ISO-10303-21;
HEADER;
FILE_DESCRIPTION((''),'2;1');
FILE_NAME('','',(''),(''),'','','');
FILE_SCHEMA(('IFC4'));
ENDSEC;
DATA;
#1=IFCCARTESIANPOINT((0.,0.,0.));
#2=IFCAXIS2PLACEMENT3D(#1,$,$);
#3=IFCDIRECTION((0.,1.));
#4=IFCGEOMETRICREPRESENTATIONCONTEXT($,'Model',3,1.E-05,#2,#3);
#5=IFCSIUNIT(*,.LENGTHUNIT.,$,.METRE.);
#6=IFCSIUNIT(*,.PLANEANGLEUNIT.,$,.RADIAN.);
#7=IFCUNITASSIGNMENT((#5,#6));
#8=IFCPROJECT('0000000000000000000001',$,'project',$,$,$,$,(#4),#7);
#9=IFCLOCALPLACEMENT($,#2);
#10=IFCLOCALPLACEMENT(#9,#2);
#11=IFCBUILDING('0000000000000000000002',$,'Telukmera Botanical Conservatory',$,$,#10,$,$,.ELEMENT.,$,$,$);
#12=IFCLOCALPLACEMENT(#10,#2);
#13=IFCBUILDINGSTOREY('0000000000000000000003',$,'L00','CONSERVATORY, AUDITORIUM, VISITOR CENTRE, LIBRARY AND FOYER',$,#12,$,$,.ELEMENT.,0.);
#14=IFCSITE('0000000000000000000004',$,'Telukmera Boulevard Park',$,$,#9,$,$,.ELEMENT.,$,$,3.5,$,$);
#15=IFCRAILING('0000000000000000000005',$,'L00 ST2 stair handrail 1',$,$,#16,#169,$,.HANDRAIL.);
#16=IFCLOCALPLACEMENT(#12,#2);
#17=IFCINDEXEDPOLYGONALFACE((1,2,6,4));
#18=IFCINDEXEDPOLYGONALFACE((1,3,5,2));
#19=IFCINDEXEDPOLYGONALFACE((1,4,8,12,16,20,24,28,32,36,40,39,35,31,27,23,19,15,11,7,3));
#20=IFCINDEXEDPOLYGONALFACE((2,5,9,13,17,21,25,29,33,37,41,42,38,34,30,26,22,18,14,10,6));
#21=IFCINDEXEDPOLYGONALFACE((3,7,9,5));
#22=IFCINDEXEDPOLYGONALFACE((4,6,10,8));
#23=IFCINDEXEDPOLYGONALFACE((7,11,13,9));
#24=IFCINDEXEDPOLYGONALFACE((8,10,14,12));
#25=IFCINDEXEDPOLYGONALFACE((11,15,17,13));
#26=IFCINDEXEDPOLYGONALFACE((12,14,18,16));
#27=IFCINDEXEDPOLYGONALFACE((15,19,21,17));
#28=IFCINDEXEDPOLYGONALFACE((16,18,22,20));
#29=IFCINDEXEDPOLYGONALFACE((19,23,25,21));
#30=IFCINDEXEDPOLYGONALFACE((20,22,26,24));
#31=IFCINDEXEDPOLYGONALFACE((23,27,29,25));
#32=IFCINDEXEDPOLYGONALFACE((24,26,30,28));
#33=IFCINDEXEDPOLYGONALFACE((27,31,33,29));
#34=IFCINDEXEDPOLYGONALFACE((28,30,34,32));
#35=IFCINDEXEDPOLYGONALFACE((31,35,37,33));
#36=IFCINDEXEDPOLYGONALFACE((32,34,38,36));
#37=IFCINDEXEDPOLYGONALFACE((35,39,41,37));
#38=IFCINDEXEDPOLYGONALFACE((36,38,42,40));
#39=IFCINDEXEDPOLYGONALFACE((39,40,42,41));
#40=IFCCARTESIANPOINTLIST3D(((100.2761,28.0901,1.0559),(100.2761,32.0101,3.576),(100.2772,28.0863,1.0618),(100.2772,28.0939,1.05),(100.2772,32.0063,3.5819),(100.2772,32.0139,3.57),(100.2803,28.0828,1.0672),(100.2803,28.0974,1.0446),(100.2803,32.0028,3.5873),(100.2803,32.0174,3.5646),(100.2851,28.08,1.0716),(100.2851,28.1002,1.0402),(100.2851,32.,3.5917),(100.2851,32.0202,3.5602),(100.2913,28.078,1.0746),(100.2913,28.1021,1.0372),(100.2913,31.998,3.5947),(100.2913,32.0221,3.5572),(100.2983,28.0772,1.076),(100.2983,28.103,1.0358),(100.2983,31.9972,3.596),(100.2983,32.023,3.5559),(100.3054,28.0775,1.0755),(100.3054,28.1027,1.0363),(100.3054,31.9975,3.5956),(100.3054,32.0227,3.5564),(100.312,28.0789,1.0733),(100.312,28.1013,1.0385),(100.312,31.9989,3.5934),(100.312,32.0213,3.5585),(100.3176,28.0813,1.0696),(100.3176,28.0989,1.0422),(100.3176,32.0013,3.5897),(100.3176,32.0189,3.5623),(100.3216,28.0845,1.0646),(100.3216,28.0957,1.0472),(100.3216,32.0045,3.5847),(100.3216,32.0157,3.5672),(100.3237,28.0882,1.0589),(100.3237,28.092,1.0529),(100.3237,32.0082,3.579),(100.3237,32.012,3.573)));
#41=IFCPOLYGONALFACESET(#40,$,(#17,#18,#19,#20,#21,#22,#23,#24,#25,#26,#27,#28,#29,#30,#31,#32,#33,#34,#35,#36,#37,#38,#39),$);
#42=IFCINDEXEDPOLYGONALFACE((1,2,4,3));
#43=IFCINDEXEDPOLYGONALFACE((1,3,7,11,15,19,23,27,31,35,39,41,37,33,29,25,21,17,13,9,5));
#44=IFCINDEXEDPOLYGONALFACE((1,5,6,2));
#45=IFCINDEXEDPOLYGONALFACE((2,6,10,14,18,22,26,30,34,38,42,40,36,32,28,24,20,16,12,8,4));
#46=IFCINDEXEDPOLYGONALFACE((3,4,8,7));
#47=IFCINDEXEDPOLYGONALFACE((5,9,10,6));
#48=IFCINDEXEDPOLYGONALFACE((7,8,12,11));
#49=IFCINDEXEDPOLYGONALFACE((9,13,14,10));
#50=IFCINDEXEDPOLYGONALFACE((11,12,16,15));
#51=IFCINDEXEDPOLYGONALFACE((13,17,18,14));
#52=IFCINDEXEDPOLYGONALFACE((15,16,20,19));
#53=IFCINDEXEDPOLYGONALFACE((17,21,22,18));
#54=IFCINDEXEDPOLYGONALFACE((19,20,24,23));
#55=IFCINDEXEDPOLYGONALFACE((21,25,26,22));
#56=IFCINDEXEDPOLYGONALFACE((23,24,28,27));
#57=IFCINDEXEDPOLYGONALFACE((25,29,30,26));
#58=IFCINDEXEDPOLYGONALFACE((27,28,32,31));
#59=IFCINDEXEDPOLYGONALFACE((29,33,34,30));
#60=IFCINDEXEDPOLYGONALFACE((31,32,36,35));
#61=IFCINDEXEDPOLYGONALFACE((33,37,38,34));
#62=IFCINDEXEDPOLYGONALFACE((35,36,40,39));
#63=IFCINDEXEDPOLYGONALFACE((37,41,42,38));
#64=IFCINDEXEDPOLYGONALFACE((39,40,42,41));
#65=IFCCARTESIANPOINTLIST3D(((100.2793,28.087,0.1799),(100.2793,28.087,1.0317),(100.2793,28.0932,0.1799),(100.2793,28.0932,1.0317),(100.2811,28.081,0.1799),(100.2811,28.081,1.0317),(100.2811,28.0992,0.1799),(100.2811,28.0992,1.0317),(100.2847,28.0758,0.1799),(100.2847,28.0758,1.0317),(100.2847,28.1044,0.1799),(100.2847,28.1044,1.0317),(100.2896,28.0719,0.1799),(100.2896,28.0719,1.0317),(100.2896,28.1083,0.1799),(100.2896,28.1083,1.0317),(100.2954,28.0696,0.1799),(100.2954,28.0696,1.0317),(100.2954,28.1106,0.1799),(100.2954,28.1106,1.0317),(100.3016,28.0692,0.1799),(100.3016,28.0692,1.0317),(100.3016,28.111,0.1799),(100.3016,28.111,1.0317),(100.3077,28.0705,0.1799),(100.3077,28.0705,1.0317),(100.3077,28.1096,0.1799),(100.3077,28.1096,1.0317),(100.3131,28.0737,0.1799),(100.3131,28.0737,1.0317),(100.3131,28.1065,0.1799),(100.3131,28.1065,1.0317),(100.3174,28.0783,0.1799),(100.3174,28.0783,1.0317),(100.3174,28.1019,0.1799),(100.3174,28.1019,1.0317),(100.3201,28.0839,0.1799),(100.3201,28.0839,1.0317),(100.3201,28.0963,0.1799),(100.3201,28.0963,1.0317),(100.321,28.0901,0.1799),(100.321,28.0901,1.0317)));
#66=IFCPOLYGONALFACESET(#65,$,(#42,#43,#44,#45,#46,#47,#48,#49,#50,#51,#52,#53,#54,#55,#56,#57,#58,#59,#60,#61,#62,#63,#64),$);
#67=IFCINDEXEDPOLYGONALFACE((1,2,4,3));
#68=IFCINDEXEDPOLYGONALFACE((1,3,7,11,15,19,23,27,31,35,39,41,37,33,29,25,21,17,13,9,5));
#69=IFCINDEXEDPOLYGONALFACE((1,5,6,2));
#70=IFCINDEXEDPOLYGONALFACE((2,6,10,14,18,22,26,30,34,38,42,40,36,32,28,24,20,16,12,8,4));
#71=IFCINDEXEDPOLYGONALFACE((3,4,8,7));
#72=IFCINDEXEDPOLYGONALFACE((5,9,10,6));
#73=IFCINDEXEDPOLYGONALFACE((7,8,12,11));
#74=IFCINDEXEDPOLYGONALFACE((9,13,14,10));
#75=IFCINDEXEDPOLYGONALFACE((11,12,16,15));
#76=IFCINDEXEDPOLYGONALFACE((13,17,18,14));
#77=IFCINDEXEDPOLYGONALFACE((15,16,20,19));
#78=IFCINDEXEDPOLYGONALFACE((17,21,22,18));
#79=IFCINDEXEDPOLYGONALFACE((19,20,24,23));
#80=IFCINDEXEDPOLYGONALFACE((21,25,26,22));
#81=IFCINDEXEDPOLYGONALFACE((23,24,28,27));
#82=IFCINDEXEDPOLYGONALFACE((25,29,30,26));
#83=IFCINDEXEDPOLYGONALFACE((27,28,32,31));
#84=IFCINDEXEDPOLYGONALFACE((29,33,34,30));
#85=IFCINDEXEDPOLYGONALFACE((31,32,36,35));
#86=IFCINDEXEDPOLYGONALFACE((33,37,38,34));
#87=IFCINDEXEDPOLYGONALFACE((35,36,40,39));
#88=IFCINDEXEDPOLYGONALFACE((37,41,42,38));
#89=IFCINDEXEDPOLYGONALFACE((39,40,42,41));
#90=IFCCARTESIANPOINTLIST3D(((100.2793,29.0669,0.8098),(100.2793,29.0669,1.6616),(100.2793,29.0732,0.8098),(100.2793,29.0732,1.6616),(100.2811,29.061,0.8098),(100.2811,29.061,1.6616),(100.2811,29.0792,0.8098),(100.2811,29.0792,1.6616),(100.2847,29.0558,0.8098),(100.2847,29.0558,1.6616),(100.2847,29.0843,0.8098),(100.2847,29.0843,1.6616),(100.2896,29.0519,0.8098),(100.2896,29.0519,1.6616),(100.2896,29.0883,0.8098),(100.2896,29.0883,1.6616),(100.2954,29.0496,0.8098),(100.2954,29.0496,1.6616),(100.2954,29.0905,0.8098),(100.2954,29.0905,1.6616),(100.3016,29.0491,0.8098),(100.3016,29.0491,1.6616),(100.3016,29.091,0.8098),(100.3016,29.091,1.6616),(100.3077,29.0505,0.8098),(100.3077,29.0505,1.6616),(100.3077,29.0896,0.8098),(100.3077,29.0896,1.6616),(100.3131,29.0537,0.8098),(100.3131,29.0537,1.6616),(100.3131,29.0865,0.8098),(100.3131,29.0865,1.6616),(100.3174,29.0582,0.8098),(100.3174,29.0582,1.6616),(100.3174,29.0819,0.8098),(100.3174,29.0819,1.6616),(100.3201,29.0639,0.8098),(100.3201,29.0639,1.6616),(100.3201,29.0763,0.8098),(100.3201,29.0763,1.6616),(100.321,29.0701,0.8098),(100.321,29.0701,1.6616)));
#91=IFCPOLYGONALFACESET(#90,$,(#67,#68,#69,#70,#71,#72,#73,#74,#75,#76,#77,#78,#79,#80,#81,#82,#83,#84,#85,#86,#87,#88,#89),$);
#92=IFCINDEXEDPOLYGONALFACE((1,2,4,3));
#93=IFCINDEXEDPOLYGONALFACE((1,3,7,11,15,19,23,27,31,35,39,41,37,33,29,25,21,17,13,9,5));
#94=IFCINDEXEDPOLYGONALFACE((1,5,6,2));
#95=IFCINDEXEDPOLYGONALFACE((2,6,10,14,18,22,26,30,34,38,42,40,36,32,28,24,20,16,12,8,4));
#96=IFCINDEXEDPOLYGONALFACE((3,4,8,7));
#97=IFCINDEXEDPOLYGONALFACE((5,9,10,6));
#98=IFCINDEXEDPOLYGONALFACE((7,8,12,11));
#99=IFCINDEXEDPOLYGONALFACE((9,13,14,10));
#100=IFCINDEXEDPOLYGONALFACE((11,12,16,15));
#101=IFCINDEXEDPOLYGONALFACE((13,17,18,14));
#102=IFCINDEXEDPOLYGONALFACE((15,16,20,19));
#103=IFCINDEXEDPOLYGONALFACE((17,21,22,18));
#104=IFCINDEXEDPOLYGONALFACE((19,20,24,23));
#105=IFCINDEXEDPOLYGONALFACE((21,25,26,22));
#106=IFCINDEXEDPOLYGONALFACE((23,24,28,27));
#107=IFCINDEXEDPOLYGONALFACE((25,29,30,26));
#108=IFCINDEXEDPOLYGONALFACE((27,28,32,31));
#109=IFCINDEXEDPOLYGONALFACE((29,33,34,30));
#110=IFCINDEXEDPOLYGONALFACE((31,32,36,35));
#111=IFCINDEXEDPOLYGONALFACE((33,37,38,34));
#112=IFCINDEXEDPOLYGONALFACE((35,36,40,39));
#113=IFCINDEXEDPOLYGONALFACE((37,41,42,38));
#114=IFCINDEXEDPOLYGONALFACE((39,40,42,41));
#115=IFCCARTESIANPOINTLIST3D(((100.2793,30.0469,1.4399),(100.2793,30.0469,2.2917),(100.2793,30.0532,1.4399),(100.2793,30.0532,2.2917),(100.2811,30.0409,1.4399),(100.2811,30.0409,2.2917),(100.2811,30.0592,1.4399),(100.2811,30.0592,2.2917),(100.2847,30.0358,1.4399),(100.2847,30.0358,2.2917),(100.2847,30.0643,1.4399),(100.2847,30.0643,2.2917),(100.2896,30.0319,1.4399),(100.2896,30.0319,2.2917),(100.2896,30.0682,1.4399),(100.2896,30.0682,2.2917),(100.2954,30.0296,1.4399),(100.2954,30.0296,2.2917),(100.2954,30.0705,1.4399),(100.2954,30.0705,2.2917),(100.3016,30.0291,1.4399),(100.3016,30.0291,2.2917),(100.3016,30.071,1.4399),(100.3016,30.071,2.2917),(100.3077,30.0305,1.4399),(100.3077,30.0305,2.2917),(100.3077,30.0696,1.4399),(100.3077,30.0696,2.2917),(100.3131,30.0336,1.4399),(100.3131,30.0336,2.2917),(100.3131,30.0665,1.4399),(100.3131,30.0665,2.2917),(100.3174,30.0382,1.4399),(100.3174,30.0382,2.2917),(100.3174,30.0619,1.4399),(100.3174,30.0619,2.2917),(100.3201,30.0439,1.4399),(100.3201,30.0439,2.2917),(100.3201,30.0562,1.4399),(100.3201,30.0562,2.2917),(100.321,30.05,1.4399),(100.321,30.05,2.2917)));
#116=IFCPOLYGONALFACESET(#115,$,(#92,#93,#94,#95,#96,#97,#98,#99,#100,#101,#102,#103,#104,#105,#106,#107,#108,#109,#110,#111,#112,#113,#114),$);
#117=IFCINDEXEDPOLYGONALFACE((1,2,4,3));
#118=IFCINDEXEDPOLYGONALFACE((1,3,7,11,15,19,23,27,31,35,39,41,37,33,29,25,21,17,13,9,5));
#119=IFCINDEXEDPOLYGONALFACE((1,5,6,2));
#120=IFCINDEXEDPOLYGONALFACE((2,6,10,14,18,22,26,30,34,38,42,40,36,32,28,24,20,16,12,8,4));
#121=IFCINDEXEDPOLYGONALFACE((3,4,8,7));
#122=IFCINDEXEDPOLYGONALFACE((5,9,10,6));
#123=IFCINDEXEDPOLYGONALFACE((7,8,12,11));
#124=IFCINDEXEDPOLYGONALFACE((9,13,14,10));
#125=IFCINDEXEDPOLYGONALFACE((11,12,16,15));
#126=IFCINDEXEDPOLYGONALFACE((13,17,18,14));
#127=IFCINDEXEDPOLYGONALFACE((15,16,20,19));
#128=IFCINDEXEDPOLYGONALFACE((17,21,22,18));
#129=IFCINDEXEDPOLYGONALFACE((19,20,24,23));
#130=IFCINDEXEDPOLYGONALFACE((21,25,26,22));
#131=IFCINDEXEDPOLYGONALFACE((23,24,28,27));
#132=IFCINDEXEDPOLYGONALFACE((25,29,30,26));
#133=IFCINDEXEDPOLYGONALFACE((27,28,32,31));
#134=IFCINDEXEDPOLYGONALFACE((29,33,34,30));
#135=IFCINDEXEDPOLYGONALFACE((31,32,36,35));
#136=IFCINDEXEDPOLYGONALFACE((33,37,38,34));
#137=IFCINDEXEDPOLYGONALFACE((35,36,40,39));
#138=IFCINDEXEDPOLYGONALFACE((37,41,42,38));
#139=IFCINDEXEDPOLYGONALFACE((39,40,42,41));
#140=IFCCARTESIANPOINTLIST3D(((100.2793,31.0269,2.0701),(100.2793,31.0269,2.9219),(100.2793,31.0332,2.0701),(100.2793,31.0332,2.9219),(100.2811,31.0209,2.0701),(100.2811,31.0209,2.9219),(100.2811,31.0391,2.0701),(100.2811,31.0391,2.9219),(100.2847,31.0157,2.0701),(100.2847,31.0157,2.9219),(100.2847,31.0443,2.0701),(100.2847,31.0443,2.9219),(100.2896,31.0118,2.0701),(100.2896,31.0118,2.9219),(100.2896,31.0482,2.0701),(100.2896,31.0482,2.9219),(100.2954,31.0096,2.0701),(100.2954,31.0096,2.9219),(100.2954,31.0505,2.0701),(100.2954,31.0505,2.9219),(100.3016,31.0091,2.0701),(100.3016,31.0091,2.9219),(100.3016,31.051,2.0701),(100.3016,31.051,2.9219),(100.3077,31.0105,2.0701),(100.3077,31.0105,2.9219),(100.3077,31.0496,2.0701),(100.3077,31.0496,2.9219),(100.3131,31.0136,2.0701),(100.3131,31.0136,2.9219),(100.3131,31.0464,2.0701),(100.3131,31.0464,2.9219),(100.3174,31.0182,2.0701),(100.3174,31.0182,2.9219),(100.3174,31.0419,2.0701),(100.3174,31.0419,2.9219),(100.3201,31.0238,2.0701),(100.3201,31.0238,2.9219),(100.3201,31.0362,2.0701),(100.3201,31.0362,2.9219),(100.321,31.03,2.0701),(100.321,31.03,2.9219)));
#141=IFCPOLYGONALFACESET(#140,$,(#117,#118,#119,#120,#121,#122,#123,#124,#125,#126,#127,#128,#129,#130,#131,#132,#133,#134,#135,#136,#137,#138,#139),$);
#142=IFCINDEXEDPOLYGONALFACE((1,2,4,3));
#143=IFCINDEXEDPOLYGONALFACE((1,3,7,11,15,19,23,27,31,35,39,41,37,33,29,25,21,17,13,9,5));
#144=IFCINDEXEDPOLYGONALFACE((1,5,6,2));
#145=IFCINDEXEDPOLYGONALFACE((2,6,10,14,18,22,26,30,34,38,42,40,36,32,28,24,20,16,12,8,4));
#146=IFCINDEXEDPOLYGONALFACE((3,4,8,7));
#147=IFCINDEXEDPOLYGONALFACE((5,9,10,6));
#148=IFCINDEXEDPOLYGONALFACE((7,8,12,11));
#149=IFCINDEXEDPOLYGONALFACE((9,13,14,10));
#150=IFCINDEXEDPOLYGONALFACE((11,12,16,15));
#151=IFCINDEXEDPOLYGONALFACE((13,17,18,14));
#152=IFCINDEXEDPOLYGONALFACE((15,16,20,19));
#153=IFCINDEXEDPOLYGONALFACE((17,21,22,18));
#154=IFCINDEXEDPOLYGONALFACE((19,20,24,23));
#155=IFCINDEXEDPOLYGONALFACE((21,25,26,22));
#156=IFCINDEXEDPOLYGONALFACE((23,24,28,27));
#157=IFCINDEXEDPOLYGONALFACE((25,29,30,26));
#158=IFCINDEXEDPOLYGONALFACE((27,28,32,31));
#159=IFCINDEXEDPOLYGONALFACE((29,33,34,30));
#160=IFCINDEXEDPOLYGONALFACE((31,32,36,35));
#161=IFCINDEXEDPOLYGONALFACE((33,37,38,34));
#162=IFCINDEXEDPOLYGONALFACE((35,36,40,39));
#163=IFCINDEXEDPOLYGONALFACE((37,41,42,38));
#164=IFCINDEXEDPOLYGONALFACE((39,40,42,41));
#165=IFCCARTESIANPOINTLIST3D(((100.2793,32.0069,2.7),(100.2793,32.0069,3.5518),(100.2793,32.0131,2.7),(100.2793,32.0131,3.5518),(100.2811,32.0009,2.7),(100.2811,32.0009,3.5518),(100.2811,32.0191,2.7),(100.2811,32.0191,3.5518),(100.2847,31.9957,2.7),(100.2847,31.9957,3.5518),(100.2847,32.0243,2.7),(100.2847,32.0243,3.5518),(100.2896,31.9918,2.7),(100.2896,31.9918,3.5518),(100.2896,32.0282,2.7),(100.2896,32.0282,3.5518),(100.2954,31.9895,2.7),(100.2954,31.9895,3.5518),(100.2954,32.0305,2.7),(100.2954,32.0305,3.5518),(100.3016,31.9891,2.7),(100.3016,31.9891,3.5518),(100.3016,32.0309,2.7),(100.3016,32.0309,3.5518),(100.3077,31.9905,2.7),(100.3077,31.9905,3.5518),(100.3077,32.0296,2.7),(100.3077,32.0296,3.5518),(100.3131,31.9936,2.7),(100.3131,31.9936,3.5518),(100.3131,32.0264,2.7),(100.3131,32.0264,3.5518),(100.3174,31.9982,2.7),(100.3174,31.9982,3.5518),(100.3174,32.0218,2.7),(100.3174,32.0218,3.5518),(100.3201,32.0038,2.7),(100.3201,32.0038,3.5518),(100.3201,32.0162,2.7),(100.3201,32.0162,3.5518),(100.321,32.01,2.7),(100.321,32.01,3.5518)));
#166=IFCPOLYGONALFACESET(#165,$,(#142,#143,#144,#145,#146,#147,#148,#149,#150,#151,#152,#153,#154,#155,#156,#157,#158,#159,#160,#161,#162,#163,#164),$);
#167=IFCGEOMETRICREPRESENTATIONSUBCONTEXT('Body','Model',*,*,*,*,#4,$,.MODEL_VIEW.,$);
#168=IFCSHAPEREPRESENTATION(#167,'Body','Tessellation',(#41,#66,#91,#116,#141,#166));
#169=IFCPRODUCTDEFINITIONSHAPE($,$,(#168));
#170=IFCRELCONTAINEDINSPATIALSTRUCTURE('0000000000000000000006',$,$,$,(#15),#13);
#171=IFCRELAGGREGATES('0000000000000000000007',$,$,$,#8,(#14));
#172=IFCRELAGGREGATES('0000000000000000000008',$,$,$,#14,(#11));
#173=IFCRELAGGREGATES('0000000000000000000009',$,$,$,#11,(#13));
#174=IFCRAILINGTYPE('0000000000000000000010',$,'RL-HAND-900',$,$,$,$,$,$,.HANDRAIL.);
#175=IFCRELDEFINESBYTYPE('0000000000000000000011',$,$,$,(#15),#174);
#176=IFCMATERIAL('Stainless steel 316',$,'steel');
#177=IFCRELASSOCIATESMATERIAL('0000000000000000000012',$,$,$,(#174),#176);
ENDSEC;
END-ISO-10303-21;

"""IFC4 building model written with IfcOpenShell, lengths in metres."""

from ifc_helpers import new_model, si_unit, direction, frame, origin, origin_2d, place, context, subcontext, project, spatial, circle, extrude, material, type_object, element, save


model = new_model("IFC4")

# Units and contexts
model_context = context("Model", 3, precision=1e-05, world=origin(), true_north=direction((0.0, 1.0)))
body_context = subcontext(model_context, "Body", "Model", "MODEL_VIEW")
ifc_project = project(units=[si_unit("LENGTHUNIT", "METRE"), si_unit("PLANEANGLEUNIT", "RADIAN")], contexts=[model_context])

# Site, building, storey
site_placement = place(None, origin())
site = spatial("IfcSite", under=ifc_project, at=site_placement, Name="Telukmera Boulevard Park", CompositionType="ELEMENT", RefElevation=3.5)
building_placement = place(site_placement, origin())
building = spatial("IfcBuilding", under=site, at=building_placement, Name="Telukmera Botanical Conservatory", CompositionType="ELEMENT")
storey_placement = place(building_placement, origin())
storey = spatial("IfcBuildingStorey", under=building, at=storey_placement, Name="L00", Description="CONSERVATORY, AUDITORIUM, VISITOR CENTRE, LIBRARY AND FOYER", CompositionType="ELEMENT", Elevation=0.0)

# Railing
ifc_material_1 = material(Name="Stainless steel 316", Category="steel")
railing_type_1 = type_object("IfcRailingType", Name="RL-HAND-900", PredefinedType="HANDRAIL", material=ifc_material_1)
railing_1_placement = place(storey_placement, frame((100.3, 28.0901, 0.1799)))
element("IfcRailing", 1, at=railing_1_placement, inside=storey, type_object=railing_type_1, Name="L00 ST2 stair handrail 1", PredefinedType="HANDRAIL", context=body_context, shape_type="SweptSolid", body=[
    extrude(circle(Radius=0.0239, at=origin_2d()), frame((0.0, 0.0, 0.876), z_axis=(0.0, 0.841172, 0.540768), x_axis=(-1.0, 0.0, 0.0)), (0.0, 0.0, 1.0), 4.6602),
    extrude(circle(Radius=0.021, at=origin_2d()), origin(), (0.0, 0.0, 1.0), 0.8518),
    extrude(circle(Radius=0.021, at=origin_2d()), frame((0.0, 0.98, 0.6299)), (0.0, 0.0, 1.0), 0.8518),
    extrude(circle(Radius=0.021, at=origin_2d()), frame((0.0, 1.96, 1.26)), (0.0, 0.0, 1.0), 0.8518),
    extrude(circle(Radius=0.021, at=origin_2d()), frame((0.0, 2.9399, 1.8901)), (0.0, 0.0, 1.0), 0.8518),
    extrude(circle(Radius=0.021, at=origin_2d()), frame((0.0, 3.9199, 2.52)), (0.0, 0.0, 1.0), 0.8518),
])

save(model, "model.ifc")
